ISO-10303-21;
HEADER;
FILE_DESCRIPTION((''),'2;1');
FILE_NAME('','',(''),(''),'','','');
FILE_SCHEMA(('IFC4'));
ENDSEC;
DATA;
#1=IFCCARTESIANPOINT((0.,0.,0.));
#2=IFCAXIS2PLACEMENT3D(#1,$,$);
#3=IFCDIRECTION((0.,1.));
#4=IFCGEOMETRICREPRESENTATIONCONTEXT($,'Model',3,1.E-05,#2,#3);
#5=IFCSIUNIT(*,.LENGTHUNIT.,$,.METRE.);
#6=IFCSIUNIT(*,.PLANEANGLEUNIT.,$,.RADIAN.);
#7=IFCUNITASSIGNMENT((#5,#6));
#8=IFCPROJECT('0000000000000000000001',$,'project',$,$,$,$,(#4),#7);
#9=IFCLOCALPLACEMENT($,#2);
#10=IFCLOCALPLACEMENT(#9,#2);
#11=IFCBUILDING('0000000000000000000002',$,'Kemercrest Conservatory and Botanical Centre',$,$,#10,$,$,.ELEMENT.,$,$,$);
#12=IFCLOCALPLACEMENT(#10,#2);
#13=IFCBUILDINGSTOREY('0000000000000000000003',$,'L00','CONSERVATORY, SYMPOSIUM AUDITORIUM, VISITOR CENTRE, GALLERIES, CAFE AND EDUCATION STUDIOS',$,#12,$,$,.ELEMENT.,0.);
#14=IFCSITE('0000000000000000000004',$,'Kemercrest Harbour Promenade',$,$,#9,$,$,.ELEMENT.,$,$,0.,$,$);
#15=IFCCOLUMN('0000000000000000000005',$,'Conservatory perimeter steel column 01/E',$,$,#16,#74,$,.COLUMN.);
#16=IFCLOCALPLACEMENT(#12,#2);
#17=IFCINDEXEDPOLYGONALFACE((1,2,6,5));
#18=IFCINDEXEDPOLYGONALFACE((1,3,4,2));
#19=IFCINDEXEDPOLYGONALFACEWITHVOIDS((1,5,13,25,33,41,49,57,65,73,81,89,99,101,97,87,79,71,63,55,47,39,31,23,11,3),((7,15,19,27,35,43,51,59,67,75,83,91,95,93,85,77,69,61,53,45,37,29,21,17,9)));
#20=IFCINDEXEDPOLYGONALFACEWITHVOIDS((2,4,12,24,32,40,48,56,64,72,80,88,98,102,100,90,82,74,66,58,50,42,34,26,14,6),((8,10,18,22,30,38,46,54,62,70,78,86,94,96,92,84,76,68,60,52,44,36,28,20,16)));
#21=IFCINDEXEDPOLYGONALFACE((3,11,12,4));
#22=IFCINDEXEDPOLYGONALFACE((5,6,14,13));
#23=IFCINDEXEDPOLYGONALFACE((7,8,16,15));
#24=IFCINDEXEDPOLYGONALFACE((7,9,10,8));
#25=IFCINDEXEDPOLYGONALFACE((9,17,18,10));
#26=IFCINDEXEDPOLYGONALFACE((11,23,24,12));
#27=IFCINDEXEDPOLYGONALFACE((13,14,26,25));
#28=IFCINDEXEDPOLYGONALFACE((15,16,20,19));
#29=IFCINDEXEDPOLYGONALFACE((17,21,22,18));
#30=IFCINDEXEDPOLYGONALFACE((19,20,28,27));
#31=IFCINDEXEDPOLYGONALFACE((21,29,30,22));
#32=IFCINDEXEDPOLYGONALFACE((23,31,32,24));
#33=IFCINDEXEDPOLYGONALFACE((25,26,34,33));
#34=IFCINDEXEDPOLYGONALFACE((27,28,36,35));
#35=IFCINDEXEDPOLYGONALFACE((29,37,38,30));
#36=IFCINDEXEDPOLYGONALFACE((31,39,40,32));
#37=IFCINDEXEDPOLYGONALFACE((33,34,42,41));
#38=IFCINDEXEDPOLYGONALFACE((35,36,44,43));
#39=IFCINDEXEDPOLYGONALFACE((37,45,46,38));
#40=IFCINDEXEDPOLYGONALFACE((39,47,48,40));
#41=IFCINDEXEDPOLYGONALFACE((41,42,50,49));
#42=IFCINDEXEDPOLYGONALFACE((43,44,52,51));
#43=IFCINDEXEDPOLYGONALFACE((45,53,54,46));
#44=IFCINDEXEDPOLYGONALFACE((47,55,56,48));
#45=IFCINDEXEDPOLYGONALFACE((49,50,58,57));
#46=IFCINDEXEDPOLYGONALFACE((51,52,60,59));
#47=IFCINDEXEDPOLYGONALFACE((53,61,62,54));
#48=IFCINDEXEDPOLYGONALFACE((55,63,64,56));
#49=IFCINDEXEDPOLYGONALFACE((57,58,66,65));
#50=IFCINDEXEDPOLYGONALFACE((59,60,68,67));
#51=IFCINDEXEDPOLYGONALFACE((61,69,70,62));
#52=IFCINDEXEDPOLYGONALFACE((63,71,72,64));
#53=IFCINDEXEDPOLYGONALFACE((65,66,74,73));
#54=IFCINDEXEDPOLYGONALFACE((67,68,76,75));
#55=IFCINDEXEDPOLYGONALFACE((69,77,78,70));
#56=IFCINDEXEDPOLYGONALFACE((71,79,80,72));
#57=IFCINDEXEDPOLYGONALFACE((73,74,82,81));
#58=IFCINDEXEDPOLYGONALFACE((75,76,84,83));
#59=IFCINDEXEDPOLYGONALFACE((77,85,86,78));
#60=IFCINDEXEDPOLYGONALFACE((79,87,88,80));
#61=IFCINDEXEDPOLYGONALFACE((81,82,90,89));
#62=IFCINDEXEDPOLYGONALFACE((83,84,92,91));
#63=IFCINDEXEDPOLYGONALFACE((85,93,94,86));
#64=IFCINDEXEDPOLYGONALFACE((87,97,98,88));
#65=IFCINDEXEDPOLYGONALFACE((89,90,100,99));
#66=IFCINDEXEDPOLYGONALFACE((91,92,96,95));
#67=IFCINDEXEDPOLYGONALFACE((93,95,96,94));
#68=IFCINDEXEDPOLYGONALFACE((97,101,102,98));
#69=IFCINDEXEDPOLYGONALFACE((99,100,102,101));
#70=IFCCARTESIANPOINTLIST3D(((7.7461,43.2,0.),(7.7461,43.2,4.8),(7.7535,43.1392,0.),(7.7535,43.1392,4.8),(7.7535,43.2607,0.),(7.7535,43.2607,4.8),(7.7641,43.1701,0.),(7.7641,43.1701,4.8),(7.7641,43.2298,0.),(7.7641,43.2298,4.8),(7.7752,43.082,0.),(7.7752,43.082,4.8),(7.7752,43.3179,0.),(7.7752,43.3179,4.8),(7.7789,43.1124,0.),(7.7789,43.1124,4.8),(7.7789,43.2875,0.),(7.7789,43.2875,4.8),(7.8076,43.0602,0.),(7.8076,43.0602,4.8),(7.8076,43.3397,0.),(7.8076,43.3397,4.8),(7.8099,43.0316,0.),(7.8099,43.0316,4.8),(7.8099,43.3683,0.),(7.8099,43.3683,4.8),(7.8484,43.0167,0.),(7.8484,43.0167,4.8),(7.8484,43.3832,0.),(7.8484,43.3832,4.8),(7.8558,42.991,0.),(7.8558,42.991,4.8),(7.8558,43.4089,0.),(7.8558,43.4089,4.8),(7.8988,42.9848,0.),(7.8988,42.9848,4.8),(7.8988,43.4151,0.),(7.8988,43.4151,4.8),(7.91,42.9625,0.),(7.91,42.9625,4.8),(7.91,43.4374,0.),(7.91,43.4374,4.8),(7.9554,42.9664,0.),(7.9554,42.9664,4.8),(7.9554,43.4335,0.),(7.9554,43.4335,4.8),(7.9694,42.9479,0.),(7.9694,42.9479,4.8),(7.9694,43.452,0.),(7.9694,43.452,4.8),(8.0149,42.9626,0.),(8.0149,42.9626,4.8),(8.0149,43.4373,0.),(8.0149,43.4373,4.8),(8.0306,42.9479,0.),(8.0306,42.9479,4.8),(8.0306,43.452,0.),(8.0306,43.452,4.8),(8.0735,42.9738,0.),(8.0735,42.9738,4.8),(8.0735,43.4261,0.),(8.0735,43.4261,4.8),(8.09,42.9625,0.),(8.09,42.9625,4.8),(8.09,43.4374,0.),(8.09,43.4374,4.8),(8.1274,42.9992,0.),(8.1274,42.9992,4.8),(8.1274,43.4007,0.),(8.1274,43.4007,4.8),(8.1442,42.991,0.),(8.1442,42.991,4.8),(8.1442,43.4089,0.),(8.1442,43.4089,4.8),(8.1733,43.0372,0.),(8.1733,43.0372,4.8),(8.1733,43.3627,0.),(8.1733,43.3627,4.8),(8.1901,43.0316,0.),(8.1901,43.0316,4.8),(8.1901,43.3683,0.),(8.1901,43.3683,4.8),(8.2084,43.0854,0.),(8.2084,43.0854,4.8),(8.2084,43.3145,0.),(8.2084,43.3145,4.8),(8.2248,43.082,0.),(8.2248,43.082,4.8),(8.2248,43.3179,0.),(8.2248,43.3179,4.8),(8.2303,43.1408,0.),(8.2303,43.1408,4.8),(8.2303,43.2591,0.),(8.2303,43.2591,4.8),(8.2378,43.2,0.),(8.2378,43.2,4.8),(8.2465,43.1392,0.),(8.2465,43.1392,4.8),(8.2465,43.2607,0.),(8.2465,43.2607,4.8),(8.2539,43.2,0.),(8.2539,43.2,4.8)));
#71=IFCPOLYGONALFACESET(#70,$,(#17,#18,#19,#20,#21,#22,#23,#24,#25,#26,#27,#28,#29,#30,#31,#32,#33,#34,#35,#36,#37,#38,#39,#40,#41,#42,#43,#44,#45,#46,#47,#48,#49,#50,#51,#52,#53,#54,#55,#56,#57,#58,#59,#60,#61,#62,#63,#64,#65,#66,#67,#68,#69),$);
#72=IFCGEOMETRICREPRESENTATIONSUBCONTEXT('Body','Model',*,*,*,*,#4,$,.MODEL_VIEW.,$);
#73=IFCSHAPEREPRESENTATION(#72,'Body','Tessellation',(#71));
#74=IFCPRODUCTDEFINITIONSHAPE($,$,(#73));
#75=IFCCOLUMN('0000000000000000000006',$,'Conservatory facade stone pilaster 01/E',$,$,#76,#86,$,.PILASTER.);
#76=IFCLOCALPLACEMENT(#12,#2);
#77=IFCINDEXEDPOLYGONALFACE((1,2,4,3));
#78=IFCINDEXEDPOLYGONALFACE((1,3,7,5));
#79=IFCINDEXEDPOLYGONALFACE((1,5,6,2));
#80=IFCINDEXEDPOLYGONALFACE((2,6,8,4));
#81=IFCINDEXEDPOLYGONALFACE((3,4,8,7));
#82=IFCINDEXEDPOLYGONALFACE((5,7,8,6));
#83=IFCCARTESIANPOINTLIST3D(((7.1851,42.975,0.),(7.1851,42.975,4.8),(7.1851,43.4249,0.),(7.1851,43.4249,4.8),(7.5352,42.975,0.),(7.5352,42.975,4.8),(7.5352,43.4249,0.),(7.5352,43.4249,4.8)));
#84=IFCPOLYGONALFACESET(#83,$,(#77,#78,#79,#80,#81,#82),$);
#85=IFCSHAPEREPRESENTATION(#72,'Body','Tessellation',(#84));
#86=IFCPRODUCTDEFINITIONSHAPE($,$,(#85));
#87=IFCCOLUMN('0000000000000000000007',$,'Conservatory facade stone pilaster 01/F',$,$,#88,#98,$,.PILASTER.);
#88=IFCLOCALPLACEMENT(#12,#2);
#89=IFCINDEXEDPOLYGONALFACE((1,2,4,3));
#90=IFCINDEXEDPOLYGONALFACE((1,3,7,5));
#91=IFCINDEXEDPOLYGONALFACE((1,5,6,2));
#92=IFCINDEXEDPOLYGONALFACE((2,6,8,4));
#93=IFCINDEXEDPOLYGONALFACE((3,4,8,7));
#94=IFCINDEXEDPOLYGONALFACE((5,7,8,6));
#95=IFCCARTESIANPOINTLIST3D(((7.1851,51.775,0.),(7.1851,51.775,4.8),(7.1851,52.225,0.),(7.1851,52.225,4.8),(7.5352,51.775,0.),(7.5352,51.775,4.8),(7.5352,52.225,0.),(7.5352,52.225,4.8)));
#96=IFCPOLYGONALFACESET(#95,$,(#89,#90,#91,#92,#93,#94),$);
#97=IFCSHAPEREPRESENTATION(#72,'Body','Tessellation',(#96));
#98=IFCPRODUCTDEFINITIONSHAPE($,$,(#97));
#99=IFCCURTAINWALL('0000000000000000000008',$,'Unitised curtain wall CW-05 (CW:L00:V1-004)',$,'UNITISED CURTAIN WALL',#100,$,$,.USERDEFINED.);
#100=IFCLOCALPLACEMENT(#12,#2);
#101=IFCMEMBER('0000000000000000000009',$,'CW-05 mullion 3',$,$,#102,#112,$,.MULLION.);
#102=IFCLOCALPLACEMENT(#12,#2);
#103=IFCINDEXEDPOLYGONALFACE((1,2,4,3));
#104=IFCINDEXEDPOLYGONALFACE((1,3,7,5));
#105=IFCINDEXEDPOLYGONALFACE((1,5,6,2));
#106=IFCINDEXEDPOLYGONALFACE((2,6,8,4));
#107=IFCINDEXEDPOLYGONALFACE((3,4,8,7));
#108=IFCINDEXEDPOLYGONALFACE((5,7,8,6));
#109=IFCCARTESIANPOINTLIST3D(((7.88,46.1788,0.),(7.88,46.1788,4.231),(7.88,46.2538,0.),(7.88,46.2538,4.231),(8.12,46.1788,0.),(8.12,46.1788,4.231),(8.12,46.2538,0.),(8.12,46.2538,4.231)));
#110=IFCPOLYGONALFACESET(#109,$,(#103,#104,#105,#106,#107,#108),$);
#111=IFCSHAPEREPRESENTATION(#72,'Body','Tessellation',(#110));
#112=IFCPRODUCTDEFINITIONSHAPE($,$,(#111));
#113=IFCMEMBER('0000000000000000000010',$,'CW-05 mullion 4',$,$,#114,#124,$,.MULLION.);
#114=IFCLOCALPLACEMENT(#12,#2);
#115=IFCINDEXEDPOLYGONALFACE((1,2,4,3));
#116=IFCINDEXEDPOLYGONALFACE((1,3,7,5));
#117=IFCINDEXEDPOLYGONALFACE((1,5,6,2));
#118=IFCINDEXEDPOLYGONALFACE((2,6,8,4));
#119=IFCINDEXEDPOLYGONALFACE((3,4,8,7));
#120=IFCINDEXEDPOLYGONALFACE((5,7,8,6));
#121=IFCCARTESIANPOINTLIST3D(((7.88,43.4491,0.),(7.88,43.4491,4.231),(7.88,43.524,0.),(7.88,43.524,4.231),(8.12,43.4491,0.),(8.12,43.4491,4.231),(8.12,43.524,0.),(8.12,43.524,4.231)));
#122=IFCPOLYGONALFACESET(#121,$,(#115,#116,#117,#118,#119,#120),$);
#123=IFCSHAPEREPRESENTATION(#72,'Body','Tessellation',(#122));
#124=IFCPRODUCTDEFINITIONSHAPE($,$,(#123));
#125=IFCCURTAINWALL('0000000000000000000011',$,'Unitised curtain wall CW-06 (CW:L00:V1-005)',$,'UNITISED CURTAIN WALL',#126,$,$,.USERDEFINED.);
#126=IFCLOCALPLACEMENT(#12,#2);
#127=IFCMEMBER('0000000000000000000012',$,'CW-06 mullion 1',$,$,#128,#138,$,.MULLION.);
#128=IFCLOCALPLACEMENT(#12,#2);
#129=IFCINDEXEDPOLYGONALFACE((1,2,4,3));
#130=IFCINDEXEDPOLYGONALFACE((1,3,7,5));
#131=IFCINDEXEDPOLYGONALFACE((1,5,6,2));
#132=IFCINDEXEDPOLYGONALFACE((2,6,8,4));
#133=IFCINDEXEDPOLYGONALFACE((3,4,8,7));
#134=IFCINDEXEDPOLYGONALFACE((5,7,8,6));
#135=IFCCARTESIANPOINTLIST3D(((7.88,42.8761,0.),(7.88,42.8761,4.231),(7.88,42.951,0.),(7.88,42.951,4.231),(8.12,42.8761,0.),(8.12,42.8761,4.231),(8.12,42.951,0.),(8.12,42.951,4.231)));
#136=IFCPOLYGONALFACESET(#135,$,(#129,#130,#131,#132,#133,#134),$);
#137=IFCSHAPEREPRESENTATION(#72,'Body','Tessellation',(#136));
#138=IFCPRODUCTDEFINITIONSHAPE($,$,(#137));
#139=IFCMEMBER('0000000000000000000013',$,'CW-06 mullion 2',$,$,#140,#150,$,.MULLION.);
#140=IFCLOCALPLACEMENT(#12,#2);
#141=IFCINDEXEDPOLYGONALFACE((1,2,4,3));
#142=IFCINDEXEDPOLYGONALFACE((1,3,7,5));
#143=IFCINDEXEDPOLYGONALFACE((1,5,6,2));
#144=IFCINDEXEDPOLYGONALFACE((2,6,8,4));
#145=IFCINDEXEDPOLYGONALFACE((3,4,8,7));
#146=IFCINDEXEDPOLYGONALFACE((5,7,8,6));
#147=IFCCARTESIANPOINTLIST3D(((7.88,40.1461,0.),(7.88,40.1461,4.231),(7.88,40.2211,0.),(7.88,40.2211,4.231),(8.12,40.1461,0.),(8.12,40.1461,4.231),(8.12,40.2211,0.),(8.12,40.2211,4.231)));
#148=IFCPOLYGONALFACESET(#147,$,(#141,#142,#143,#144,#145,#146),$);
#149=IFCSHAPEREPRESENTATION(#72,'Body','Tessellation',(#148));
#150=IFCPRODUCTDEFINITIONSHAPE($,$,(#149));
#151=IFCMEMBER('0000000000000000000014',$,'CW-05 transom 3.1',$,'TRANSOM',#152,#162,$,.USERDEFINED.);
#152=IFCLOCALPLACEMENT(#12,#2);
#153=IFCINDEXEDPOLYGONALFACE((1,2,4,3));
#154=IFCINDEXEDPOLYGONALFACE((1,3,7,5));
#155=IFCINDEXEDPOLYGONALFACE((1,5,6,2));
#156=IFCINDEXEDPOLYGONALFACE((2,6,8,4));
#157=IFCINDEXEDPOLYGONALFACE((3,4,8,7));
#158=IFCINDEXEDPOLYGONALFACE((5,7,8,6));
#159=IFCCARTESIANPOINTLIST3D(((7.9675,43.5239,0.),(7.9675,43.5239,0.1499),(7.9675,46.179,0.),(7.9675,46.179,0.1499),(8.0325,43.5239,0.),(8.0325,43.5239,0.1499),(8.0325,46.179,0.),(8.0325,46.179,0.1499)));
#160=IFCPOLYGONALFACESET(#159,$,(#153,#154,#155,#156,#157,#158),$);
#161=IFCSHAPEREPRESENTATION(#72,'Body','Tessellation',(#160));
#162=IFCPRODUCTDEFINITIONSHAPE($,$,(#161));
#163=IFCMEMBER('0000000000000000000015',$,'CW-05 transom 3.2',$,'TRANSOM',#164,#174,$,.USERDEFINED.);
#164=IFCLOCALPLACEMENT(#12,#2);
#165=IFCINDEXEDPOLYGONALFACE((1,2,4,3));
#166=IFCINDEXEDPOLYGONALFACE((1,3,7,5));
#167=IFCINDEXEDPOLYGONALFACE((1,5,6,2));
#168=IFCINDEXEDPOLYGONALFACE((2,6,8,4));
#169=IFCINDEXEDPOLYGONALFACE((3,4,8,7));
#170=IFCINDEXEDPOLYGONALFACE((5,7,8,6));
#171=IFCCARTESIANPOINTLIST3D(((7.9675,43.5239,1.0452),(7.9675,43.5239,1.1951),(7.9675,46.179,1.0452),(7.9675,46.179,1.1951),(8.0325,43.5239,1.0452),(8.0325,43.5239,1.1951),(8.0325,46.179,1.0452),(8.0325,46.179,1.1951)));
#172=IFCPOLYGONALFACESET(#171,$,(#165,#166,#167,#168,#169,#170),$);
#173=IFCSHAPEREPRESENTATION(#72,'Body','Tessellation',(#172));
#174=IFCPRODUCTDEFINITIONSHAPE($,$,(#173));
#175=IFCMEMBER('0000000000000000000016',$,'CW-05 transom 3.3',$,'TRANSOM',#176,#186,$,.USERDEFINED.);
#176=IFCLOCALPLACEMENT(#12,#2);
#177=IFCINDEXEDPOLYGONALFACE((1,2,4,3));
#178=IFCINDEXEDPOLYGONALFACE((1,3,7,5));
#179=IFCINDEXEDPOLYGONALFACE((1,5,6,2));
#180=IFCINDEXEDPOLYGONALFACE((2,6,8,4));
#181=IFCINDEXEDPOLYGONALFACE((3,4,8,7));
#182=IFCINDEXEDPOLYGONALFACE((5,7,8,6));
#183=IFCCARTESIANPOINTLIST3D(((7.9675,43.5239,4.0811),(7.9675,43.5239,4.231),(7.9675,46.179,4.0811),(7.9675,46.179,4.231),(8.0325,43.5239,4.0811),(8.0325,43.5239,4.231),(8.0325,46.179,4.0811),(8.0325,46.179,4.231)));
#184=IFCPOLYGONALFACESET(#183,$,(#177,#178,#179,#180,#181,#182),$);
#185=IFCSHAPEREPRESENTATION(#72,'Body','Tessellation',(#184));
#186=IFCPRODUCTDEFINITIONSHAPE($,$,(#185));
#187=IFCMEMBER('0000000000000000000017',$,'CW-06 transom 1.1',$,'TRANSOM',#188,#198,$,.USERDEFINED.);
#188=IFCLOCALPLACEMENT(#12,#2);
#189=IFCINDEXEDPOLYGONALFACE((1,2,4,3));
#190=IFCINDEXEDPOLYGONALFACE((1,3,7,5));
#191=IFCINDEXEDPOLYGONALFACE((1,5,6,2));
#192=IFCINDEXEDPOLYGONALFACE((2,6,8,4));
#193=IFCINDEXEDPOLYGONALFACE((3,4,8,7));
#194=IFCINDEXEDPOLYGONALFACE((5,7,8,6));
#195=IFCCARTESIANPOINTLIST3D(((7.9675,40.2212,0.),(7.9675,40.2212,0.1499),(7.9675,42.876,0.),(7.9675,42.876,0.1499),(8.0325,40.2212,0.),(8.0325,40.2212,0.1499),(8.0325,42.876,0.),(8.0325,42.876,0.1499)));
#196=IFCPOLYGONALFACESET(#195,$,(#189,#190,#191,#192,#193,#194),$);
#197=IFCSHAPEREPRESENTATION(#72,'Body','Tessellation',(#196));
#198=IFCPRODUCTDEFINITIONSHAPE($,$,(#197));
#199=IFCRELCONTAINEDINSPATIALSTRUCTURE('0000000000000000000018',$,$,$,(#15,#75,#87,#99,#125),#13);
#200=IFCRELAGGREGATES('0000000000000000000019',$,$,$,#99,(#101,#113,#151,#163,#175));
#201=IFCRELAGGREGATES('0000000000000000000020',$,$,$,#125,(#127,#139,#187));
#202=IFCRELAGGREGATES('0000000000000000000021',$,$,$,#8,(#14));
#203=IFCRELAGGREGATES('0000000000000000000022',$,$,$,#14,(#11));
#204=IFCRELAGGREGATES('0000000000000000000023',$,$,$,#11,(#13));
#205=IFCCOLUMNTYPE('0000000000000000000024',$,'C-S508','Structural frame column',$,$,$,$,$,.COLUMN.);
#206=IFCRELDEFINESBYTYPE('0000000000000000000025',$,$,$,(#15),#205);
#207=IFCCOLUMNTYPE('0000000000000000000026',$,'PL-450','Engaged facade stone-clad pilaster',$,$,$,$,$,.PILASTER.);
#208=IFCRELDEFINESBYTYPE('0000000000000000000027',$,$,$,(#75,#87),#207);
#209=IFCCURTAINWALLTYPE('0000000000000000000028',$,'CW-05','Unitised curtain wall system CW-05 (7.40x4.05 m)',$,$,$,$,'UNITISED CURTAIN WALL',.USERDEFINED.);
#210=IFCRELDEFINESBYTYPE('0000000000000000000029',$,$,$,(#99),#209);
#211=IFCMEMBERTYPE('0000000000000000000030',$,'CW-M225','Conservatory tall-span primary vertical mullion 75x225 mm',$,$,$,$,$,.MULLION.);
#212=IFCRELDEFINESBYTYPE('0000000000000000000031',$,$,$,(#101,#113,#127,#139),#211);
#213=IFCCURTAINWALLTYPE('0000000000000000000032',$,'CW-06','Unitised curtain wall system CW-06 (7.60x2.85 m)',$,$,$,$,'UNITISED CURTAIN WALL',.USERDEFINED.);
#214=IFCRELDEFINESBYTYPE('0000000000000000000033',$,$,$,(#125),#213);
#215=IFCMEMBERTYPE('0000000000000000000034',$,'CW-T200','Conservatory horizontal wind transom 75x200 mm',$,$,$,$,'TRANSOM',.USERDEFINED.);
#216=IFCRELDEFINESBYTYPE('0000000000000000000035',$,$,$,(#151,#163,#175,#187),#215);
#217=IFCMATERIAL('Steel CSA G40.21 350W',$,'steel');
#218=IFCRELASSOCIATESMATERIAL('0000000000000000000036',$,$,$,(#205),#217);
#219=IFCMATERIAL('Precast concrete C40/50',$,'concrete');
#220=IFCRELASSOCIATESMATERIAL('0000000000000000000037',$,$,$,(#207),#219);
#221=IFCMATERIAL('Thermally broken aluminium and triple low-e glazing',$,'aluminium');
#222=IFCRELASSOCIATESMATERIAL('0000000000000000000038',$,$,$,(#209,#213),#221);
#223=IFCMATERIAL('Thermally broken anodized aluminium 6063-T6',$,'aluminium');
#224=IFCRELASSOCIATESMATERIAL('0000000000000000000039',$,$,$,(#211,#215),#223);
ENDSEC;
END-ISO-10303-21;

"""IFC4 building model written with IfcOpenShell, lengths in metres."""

from ifc_helpers import new_model, si_unit, direction, frame, origin, origin_2d, place, context, subcontext, project, spatial, rectangle, hollow_circle, extrude, material, material_profile, profile_set, type_object, element, aggregate, save


model = new_model("IFC4")

# Units and contexts
model_context = context("Model", 3, precision=1e-05, world=origin(), true_north=direction((0.0, 1.0)))
body_context = subcontext(model_context, "Body", "Model", "MODEL_VIEW")
ifc_project = project(units=[si_unit("LENGTHUNIT", "METRE"), si_unit("PLANEANGLEUNIT", "RADIAN")], contexts=[model_context])

# Site, building, storey
site_placement = place(None, origin())
site = spatial("IfcSite", under=ifc_project, at=site_placement, Name="Kemercrest Harbour Promenade", CompositionType="ELEMENT", RefElevation=0.0)
building_placement = place(site_placement, origin())
building = spatial("IfcBuilding", under=site, at=building_placement, Name="Kemercrest Conservatory and Botanical Centre", CompositionType="ELEMENT")
storey_placement = place(building_placement, origin())
storey = spatial("IfcBuildingStorey", under=building, at=storey_placement, Name="L00", Description="CONSERVATORY, SYMPOSIUM AUDITORIUM, VISITOR CENTRE, GALLERIES, CAFE AND EDUCATION STUDIOS", CompositionType="ELEMENT", Elevation=0.0)

# Columns
ifc_material_1 = material(Name="Steel CSA G40.21 350W", Category="steel")
ifc_material_profile_1 = material_profile(ifc_material_1, hollow_circle(Radius=0.2539, WallThickness=0.0161, at=origin_2d()), Name="CHS 508.0x16.0")
ifc_profile_set_1 = profile_set([ifc_material_profile_1], Name="Steel CSA G40.21 350W")
column_type_1 = type_object("IfcColumnType", Name="C-S508", Description="Structural frame column", PredefinedType="COLUMN", material=ifc_profile_set_1)
column_placement = place(storey_placement, frame((8.0, 43.2, 0.0), z_axis=(0.0, 0.0, 1.0), x_axis=(1.0, 0.0, 0.0)))
element("IfcColumn", 1, at=column_placement, inside=storey, type_object=column_type_1, Name="Conservatory perimeter steel column 01/E", PredefinedType="COLUMN", context=body_context, shape_type="SweptSolid", body=[
    extrude(hollow_circle(Radius=0.2539, WallThickness=0.0161, at=origin_2d()), origin(), (0.0, 0.0, 1.0), 4.8),
])
ifc_material_2 = material(Name="Precast concrete C40/50", Category="concrete")
ifc_material_profile_2 = material_profile(ifc_material_2, rectangle(XDim=0.3501, YDim=0.45, at=origin_2d()), Name="RC 450x350")
ifc_profile_set_2 = profile_set([ifc_material_profile_2], Name="Precast concrete C40/50")
column_type_2 = type_object("IfcColumnType", Name="PL-450", Description="Engaged facade stone-clad pilaster", PredefinedType="PILASTER", material=ifc_profile_set_2)
for number, where, z_axis, x_axis, name in (
    (2, (7.3601, 43.2, 0.0), (0.0, 0.0, 1.0), (1.0, 0.0, 0.0), "Conservatory facade stone pilaster 01/E"),
    (3, (7.3601, 52.0, 0.0), (0.0, 0.0, 1.0), (1.0, 0.0, 0.0), "Conservatory facade stone pilaster 01/F"),
):
    element("IfcColumn", number, at=place(storey_placement, frame(where, z_axis=z_axis, x_axis=x_axis)), inside=storey, type_object=column_type_2, Name=name, PredefinedType="PILASTER", context=body_context, shape_type="SweptSolid", body=[
        extrude(rectangle(XDim=0.3501, YDim=0.45, at=origin_2d()), origin(), (0.0, 0.0, 1.0), 4.8),
    ])

# Curtain walls, members
ifc_material_3 = material(Name="Thermally broken aluminium and triple low-e glazing", Category="aluminium")
curtain_wall_type_1 = type_object("IfcCurtainWallType", Name="CW-05", Description="Unitised curtain wall system CW-05 (7.40x4.05 m)", ElementType="UNITISED CURTAIN WALL", PredefinedType="USERDEFINED", material=ifc_material_3)
curtain_wall_1_placement = place(storey_placement, origin())
curtain_wall_1 = element("IfcCurtainWall", 4, at=curtain_wall_1_placement, inside=storey, type_object=curtain_wall_type_1, Name="Unitised curtain wall CW-05 (CW:L00:V1-004)", ObjectType="UNITISED CURTAIN WALL", PredefinedType="USERDEFINED")
ifc_material_4 = material(Name="Thermally broken anodized aluminium 6063-T6", Category="aluminium")
ifc_material_profile_3 = material_profile(ifc_material_4, rectangle(XDim=0.24, YDim=0.075, at=origin_2d()), Name="AL MULLION 75x240")
ifc_profile_set_3 = profile_set([ifc_material_profile_3], Name="Thermally broken anodized aluminium 6063-T6")
member_type_1 = type_object("IfcMemberType", Name="CW-M225", Description="Conservatory tall-span primary vertical mullion 75x225 mm", PredefinedType="MULLION", material=ifc_profile_set_3)
member_1_placement = place(storey_placement, frame((8.0, 46.2163, 0.0), z_axis=(0.0, 0.0, 1.0), x_axis=(1.0, 0.0, 0.0)))
member_1 = element("IfcMember", 5, at=member_1_placement, type_object=member_type_1, Name="CW-05 mullion 3", PredefinedType="MULLION", context=body_context, shape_type="SweptSolid", body=[
    extrude(rectangle(XDim=0.24, YDim=0.075, at=origin_2d()), origin(), (0.0, 0.0, 1.0), 4.231),
])
member_2_placement = place(storey_placement, frame((8.0, 43.4866, 0.0), z_axis=(0.0, 0.0, 1.0), x_axis=(1.0, 0.0, 0.0)))
member_2 = element("IfcMember", 6, at=member_2_placement, type_object=member_type_1, Name="CW-05 mullion 4", PredefinedType="MULLION", context=body_context, shape_type="SweptSolid", body=[
    extrude(rectangle(XDim=0.24, YDim=0.075, at=origin_2d()), origin(), (0.0, 0.0, 1.0), 4.231),
])
curtain_wall_type_2 = type_object("IfcCurtainWallType", Name="CW-06", Description="Unitised curtain wall system CW-06 (7.60x2.85 m)", ElementType="UNITISED CURTAIN WALL", PredefinedType="USERDEFINED", material=ifc_material_3)
curtain_wall_2_placement = place(storey_placement, origin())
curtain_wall_2 = element("IfcCurtainWall", 7, at=curtain_wall_2_placement, inside=storey, type_object=curtain_wall_type_2, Name="Unitised curtain wall CW-06 (CW:L00:V1-005)", ObjectType="UNITISED CURTAIN WALL", PredefinedType="USERDEFINED")
member_3_placement = place(storey_placement, frame((8.0, 42.9136, 0.0), z_axis=(0.0, 0.0, 1.0), x_axis=(1.0, 0.0, 0.0)))
member_3 = element("IfcMember", 8, at=member_3_placement, type_object=member_type_1, Name="CW-06 mullion 1", PredefinedType="MULLION", context=body_context, shape_type="SweptSolid", body=[
    extrude(rectangle(XDim=0.24, YDim=0.075, at=origin_2d()), origin(), (0.0, 0.0, 1.0), 4.231),
])
member_4_placement = place(storey_placement, frame((8.0, 40.1836, 0.0), z_axis=(0.0, 0.0, 1.0), x_axis=(1.0, 0.0, 0.0)))
member_4 = element("IfcMember", 9, at=member_4_placement, type_object=member_type_1, Name="CW-06 mullion 2", PredefinedType="MULLION", context=body_context, shape_type="SweptSolid", body=[
    extrude(rectangle(XDim=0.24, YDim=0.075, at=origin_2d()), origin(), (0.0, 0.0, 1.0), 4.231),
])

# Members
ifc_material_profile_4 = material_profile(ifc_material_4, rectangle(XDim=0.0649, YDim=0.1499, at=origin_2d()), Name="AL TRANSOM 65x150")
ifc_profile_set_4 = profile_set([ifc_material_profile_4], Name="Thermally broken anodized aluminium 6063-T6")
member_type_2 = type_object("IfcMemberType", Name="CW-T200", Description="Conservatory horizontal wind transom 75x200 mm", ElementType="TRANSOM", PredefinedType="USERDEFINED", material=ifc_profile_set_4)
member_5_placement = place(storey_placement, frame((8.0, 46.179, 0.075), z_axis=(0.0, -1.0, 0.0), x_axis=(1.0, 0.0, 0.0)))
member_5 = element("IfcMember", 10, at=member_5_placement, type_object=member_type_2, Name="CW-05 transom 3.1", ObjectType="TRANSOM", PredefinedType="USERDEFINED", context=body_context, shape_type="SweptSolid", body=[
    extrude(rectangle(XDim=0.0649, YDim=0.1499, at=origin_2d()), origin(), (0.0, 0.0, 1.0), 2.655),
])
member_6_placement = place(storey_placement, frame((8.0, 46.179, 1.1201), z_axis=(0.0, -1.0, 0.0), x_axis=(1.0, 0.0, 0.0)))
member_6 = element("IfcMember", 11, at=member_6_placement, type_object=member_type_2, Name="CW-05 transom 3.2", ObjectType="TRANSOM", PredefinedType="USERDEFINED", context=body_context, shape_type="SweptSolid", body=[
    extrude(rectangle(XDim=0.0649, YDim=0.1499, at=origin_2d()), origin(), (0.0, 0.0, 1.0), 2.655),
])
member_7_placement = place(storey_placement, frame((8.0, 46.179, 4.156), z_axis=(0.0, -1.0, 0.0), x_axis=(1.0, 0.0, 0.0)))
member_7 = element("IfcMember", 12, at=member_7_placement, type_object=member_type_2, Name="CW-05 transom 3.3", ObjectType="TRANSOM", PredefinedType="USERDEFINED", context=body_context, shape_type="SweptSolid", body=[
    extrude(rectangle(XDim=0.0649, YDim=0.1499, at=origin_2d()), origin(), (0.0, 0.0, 1.0), 2.655),
])
member_8_placement = place(storey_placement, frame((8.0, 42.876, 0.075), z_axis=(0.0, -1.0, 0.0), x_axis=(1.0, 0.0, 0.0)))
member_8 = element("IfcMember", 13, at=member_8_placement, type_object=member_type_2, Name="CW-06 transom 1.1", ObjectType="TRANSOM", PredefinedType="USERDEFINED", context=body_context, shape_type="SweptSolid", body=[
    extrude(rectangle(XDim=0.0649, YDim=0.1499, at=origin_2d()), origin(), (0.0, 0.0, 1.0), 2.6548),
])

aggregate(curtain_wall_1, [member_1, member_2, member_5, member_6, member_7])
aggregate(curtain_wall_2, [member_3, member_4, member_8])

save(model, "model.ifc")
